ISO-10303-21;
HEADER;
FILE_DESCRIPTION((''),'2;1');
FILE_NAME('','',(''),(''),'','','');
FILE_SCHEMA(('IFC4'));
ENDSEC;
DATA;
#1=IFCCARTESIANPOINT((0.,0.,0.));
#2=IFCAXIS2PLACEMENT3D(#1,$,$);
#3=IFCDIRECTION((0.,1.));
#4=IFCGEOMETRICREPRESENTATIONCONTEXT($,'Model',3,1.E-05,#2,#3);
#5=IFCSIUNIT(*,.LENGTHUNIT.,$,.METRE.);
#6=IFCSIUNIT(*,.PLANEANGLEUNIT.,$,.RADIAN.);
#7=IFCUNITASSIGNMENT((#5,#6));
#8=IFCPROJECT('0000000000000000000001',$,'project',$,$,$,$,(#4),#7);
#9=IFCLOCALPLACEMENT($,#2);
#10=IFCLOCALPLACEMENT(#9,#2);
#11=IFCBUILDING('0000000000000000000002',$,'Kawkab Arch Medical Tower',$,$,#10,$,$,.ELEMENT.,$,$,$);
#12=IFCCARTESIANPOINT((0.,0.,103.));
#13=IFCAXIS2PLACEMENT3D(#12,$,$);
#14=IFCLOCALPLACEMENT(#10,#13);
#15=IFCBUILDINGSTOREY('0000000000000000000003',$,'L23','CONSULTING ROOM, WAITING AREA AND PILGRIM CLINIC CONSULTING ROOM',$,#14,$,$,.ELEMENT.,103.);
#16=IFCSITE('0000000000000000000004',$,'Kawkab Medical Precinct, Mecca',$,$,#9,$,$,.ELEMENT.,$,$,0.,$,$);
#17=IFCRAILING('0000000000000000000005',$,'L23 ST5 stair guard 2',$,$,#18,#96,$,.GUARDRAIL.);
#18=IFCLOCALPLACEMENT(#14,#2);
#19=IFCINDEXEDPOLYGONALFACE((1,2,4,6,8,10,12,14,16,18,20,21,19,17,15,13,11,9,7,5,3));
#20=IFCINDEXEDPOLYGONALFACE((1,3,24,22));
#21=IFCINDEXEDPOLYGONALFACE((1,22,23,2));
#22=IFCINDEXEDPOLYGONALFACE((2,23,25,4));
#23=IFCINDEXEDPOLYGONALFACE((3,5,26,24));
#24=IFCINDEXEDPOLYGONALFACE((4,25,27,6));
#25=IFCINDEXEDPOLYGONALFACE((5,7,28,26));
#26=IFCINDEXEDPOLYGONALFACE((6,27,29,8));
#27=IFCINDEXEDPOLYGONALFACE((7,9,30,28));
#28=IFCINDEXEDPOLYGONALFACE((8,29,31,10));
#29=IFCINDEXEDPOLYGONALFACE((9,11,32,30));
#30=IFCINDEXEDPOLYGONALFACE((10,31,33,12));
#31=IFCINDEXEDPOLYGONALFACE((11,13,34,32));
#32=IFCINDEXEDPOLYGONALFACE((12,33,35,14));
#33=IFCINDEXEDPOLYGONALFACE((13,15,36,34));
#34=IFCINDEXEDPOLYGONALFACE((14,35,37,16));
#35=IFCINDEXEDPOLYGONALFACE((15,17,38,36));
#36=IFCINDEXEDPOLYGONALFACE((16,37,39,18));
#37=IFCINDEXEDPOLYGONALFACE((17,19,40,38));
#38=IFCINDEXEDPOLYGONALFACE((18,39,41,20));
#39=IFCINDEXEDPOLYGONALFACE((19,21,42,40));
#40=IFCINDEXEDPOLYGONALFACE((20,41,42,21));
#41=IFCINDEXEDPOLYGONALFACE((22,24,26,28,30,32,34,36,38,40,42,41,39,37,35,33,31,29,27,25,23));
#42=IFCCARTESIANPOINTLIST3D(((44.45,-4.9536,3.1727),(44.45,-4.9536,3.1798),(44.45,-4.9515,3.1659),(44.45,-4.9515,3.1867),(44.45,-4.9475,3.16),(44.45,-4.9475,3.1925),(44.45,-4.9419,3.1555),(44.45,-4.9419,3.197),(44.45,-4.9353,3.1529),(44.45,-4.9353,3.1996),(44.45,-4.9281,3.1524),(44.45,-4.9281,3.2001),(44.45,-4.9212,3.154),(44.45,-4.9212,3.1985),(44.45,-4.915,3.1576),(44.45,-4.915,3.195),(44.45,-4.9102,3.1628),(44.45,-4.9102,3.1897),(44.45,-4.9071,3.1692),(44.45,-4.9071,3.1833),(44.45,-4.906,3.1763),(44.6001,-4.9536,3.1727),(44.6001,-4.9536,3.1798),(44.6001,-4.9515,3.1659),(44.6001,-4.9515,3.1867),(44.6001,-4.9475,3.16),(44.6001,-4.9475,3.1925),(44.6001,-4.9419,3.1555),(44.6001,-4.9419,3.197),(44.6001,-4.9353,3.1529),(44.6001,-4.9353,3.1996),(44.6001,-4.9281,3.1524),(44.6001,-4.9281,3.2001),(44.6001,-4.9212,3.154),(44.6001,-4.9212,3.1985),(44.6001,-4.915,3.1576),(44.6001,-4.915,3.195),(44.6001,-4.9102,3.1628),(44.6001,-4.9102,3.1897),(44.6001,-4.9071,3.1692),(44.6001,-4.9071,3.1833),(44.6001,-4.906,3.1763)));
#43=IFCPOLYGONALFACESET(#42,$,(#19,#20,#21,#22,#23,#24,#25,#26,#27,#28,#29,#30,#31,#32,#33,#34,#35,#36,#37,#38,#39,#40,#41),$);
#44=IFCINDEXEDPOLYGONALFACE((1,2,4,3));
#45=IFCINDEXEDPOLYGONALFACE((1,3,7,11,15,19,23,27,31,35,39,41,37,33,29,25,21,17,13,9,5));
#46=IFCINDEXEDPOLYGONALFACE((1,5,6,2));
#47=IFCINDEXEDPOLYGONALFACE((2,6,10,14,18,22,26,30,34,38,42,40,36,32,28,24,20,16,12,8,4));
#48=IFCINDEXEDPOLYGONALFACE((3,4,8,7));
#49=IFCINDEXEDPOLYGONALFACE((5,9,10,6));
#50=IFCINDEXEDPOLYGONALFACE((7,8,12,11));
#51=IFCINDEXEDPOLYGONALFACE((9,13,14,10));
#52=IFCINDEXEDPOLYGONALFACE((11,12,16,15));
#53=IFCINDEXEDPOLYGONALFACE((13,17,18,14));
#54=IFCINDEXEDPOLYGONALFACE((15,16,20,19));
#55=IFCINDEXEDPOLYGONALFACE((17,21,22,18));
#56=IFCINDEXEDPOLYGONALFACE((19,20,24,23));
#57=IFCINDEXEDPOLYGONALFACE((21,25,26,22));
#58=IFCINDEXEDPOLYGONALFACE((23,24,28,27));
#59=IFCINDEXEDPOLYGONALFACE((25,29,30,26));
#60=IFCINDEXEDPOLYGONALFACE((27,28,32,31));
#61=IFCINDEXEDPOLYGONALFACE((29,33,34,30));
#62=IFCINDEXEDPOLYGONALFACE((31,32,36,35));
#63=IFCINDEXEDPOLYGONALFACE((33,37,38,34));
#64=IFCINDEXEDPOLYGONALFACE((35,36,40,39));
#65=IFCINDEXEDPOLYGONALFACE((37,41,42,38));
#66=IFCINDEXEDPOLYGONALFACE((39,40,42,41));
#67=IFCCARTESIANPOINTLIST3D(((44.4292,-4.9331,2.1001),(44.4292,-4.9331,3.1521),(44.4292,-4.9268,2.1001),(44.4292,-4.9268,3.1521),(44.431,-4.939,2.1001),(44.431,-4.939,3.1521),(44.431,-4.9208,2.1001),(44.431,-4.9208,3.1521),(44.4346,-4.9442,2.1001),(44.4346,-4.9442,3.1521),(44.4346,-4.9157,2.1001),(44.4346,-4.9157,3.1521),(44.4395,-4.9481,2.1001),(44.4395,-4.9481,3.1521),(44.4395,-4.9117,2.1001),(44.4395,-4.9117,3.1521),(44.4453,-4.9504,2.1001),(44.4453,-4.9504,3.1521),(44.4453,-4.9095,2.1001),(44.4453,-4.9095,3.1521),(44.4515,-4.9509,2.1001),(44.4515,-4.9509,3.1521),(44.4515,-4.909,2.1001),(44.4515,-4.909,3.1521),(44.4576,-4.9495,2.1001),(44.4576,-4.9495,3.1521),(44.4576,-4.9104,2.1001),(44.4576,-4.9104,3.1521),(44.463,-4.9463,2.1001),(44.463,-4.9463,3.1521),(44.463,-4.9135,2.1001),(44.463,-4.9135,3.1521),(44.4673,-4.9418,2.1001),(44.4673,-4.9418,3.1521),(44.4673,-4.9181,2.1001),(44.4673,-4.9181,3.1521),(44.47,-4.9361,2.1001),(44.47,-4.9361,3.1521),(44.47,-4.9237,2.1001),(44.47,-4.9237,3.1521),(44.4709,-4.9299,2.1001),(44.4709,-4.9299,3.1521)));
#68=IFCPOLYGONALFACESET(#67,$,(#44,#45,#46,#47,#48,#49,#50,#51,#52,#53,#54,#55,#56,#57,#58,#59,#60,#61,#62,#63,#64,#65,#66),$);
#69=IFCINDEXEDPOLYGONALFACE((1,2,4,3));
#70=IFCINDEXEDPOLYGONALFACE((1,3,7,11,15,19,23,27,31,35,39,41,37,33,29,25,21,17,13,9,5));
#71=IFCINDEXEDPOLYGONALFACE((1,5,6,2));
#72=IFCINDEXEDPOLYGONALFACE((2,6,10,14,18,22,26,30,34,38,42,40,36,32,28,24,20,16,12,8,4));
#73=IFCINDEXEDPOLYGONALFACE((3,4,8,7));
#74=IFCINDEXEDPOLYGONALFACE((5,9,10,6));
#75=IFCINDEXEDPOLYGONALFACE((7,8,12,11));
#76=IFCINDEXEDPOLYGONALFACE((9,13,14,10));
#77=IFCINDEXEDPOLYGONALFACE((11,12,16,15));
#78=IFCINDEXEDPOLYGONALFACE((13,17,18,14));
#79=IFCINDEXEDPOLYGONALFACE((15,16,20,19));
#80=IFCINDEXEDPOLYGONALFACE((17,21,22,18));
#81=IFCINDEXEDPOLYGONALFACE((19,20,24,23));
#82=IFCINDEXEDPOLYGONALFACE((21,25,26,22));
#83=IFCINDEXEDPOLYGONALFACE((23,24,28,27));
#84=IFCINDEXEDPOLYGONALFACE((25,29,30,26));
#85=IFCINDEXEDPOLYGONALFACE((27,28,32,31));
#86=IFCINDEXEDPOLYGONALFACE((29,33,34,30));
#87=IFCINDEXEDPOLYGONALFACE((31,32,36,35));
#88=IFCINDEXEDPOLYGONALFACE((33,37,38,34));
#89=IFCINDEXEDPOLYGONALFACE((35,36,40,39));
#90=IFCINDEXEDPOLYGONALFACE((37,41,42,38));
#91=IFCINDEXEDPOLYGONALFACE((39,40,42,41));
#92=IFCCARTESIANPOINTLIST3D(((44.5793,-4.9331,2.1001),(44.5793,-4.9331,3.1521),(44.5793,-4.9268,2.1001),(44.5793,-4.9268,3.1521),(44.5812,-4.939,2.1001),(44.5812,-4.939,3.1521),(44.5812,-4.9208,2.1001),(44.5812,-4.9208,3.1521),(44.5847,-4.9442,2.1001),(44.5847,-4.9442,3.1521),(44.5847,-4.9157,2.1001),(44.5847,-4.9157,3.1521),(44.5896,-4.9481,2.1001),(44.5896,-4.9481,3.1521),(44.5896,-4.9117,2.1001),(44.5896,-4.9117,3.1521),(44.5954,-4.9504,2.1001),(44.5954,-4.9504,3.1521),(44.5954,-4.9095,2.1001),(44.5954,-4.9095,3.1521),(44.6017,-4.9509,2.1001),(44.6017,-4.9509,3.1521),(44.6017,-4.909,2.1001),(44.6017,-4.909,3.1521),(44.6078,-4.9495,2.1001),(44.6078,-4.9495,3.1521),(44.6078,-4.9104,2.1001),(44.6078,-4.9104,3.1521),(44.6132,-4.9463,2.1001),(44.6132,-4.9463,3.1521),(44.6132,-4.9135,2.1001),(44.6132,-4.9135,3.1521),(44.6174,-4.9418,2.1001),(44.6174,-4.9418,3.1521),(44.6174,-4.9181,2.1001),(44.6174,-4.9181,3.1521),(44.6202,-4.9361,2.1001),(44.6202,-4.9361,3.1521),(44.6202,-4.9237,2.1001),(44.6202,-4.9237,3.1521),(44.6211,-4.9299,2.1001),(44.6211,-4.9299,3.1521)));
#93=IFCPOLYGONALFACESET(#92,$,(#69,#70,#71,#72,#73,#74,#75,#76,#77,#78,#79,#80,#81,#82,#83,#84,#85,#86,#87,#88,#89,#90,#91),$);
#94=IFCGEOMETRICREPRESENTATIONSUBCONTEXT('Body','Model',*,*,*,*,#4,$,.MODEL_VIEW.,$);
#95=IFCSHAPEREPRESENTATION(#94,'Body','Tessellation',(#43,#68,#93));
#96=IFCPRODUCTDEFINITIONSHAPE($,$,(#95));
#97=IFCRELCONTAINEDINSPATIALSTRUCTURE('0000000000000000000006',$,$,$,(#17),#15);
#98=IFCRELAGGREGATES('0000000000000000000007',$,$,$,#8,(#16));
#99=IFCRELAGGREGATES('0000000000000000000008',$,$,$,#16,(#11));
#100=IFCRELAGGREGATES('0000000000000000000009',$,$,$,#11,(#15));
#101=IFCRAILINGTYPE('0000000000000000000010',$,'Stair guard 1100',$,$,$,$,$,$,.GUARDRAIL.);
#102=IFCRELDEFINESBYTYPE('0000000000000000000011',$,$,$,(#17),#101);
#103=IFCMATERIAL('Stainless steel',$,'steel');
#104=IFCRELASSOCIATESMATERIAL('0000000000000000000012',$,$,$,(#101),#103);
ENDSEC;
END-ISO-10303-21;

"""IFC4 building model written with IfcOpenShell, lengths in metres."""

from ifc_helpers import new_model, si_unit, direction, frame, origin, origin_2d, place, context, subcontext, project, spatial, circle, extrude, material, type_object, element, save


model = new_model("IFC4")

# Units and contexts
model_context = context("Model", 3, precision=1e-05, world=origin(), true_north=direction((0.0, 1.0)))
body_context = subcontext(model_context, "Body", "Model", "MODEL_VIEW")
ifc_project = project(units=[si_unit("LENGTHUNIT", "METRE"), si_unit("PLANEANGLEUNIT", "RADIAN")], contexts=[model_context])

# Site, building, storey
site_placement = place(None, origin())
site = spatial("IfcSite", under=ifc_project, at=site_placement, Name="Kawkab Medical Precinct, Mecca", CompositionType="ELEMENT", RefElevation=0.0)
building_placement = place(site_placement, origin())
building = spatial("IfcBuilding", under=site, at=building_placement, Name="Kawkab Arch Medical Tower", CompositionType="ELEMENT")
storey_placement = place(building_placement, frame((0.0, 0.0, 103.0)))
storey = spatial("IfcBuildingStorey", under=building, at=storey_placement, Name="L23", Description="CONSULTING ROOM, WAITING AREA AND PILGRIM CLINIC CONSULTING ROOM", CompositionType="ELEMENT", Elevation=103.0)

# Railing
ifc_material_1 = material(Name="Stainless steel", Category="steel")
railing_type = type_object("IfcRailingType", Name="Stair guard 1100", PredefinedType="GUARDRAIL", material=ifc_material_1)
railing_1_placement = place(storey_placement, frame((44.45, -4.9299, 2.1001)))
element("IfcRailing", 1, at=railing_1_placement, inside=storey, type_object=railing_type, Name="L23 ST5 stair guard 2", PredefinedType="GUARDRAIL", context=body_context, shape_type="SweptSolid", body=[
    extrude(circle(Radius=0.0239, at=origin_2d()), frame((0.0, 0.0, 1.0762), z_axis=(1.0, 0.0, 0.0), x_axis=(0.0, 1.0, 0.0)), (0.0, 0.0, 1.0), 0.1501),
    extrude(circle(Radius=0.021, at=origin_2d()), origin(), (0.0, 0.0, 1.0), 1.052),
    extrude(circle(Radius=0.021, at=origin_2d()), frame((0.1501, 0.0, 0.0)), (0.0, 0.0, 1.0), 1.052),
])

save(model, "model.ifc")
